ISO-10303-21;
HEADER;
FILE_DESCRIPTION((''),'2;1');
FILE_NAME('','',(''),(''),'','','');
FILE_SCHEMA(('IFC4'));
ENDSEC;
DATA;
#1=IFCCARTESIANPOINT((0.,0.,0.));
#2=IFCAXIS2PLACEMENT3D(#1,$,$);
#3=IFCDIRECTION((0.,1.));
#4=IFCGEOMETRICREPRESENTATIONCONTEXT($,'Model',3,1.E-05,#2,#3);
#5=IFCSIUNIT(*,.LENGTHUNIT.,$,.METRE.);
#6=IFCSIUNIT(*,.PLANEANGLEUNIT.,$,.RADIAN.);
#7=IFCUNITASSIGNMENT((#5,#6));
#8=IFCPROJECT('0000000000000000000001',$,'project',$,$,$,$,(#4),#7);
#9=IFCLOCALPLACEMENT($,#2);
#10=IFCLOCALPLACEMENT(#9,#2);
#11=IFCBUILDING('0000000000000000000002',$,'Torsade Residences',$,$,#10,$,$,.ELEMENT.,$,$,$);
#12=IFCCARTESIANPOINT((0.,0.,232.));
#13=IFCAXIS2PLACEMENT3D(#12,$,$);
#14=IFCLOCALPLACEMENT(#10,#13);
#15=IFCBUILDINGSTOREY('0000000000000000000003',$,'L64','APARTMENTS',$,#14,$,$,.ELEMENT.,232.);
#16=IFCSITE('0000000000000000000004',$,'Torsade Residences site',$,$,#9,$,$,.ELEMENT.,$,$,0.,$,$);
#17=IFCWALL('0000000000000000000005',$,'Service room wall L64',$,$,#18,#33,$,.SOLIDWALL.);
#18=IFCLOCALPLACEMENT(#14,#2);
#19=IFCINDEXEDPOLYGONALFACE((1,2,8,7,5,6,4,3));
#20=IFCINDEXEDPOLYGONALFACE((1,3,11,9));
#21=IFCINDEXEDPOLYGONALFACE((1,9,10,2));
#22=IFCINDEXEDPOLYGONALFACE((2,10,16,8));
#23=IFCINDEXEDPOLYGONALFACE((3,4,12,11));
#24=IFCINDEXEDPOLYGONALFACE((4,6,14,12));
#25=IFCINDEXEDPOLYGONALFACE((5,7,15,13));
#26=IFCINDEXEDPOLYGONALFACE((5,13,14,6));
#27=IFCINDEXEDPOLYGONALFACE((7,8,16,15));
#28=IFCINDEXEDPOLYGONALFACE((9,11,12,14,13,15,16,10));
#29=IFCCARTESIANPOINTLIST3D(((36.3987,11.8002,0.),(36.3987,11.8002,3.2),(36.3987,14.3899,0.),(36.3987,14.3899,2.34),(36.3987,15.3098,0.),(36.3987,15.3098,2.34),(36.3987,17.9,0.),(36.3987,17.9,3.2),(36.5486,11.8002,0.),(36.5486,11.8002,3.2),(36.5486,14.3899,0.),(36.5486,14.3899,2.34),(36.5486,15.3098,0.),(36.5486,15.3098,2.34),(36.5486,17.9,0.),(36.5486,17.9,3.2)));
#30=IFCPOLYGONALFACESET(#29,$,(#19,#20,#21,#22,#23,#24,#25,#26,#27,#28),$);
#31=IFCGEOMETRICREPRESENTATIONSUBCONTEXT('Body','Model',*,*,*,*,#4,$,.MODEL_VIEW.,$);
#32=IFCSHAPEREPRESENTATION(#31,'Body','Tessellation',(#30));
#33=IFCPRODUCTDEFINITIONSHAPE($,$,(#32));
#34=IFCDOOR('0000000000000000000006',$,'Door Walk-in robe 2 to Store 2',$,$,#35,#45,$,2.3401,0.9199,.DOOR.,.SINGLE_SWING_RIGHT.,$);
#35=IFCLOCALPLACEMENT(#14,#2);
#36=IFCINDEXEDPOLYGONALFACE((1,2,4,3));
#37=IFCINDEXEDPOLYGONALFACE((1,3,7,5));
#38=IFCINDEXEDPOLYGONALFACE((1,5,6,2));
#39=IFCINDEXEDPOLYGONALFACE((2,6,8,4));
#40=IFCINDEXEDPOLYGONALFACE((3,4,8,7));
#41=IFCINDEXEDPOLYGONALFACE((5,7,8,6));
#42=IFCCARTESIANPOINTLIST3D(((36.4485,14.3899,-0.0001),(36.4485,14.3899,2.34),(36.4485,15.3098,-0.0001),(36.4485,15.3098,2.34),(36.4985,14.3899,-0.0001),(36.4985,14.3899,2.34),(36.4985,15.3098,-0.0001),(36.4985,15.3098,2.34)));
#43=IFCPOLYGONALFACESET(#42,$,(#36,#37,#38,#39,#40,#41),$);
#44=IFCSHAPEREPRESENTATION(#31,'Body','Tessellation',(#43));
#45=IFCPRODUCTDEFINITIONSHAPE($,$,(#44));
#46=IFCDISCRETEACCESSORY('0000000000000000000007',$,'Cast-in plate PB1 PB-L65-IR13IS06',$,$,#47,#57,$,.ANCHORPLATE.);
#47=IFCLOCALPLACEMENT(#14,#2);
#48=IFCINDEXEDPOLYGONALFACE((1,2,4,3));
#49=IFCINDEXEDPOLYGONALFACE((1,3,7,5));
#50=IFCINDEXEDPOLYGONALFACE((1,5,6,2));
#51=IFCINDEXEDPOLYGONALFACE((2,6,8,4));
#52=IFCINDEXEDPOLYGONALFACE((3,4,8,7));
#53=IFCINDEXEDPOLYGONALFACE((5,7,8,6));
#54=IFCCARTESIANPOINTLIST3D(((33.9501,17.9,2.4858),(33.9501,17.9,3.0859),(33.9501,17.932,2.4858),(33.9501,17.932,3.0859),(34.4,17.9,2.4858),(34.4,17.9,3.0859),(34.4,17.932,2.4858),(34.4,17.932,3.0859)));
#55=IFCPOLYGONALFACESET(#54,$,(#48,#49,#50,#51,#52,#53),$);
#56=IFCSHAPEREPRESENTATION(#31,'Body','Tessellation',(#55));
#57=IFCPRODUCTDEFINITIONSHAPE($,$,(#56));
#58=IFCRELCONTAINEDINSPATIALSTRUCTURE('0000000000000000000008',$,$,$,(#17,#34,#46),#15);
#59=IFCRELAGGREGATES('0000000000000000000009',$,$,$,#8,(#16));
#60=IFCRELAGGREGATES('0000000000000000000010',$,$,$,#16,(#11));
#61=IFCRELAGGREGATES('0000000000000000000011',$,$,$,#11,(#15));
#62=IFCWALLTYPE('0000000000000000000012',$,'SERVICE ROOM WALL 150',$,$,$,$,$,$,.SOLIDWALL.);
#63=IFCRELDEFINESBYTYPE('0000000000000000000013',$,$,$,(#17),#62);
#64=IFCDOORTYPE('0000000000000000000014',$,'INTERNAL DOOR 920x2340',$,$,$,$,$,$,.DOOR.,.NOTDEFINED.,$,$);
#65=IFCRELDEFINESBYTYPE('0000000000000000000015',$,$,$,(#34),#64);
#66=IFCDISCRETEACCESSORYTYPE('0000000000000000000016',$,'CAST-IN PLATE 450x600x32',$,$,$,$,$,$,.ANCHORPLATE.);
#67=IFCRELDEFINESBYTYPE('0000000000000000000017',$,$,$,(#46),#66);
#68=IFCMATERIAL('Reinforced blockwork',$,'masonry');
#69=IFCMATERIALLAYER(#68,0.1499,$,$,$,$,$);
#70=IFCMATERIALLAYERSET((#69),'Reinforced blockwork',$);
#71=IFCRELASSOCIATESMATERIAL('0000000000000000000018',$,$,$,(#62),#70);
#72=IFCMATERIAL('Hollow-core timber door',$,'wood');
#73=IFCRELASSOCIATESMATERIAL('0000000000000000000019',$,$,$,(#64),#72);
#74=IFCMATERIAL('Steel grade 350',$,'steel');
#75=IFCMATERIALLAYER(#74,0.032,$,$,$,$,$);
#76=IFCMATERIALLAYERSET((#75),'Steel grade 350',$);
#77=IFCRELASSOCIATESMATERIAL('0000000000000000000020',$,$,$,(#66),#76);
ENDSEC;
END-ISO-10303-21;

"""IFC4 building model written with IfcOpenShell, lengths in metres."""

from ifc_helpers import new_model, si_unit, direction, frame, frame_2d, origin, origin_2d, place, context, subcontext, project, spatial, rectangle, extrude, material, layer, layer_set, type_object, element, fill, save


model = new_model("IFC4")

# Units and contexts
model_context = context("Model", 3, precision=1e-05, world=origin(), true_north=direction((0.0, 1.0)))
body_context = subcontext(model_context, "Body", "Model", "MODEL_VIEW")
ifc_project = project(units=[si_unit("LENGTHUNIT", "METRE"), si_unit("PLANEANGLEUNIT", "RADIAN")], contexts=[model_context])

# Site, building, storey
site_placement = place(None, origin())
site = spatial("IfcSite", under=ifc_project, at=site_placement, Name="Torsade Residences site", CompositionType="ELEMENT", RefElevation=0.0)
building_placement = place(site_placement, origin())
building = spatial("IfcBuilding", under=site, at=building_placement, Name="Torsade Residences", CompositionType="ELEMENT")
storey_placement = place(building_placement, frame((0.0, 0.0, 232.0)))
storey = spatial("IfcBuildingStorey", under=building, at=storey_placement, Name="L64", Description="APARTMENTS", CompositionType="ELEMENT", Elevation=232.0)

# Shared definitions
ifc_material_1 = material(Name="Reinforced blockwork", Category="masonry")
ifc_layer_1 = layer(ifc_material_1, 0.1499)
ifc_layer_set_1 = layer_set([ifc_layer_1], Name="Reinforced blockwork")
wall_type_1 = type_object("IfcWallType", Name="SERVICE ROOM WALL 150", PredefinedType="SOLIDWALL", material=ifc_layer_set_1)

# Wall, opening, door
wall_1_placement = place(storey_placement, frame((36.4736, 17.8999, 0.0), z_axis=(0.0, 0.0, 1.0), x_axis=(0.0, -1.0, 0.0)))
wall_1 = element("IfcWall", 1, at=wall_1_placement, inside=storey, type_object=wall_type_1, Name="Service room wall L64", PredefinedType="SOLIDWALL", context=body_context, shape_type="SweptSolid", body=[
    extrude(rectangle(XDim=6.0999, YDim=0.1499, at=frame_2d((3.0498, 0.0))), origin(), (0.0, 0.0, 1.0), 3.2),
])
opening_1_placement = place(wall_1_placement, frame((2.5901, 0.0, 0.0)))
opening_1 = element("IfcOpeningElement", 2, at=opening_1_placement, cuts=wall_1, PredefinedType="OPENING", context=body_context, shape_type="SweptSolid", body=[
    extrude(rectangle(XDim=0.9199, YDim=2.3401, at=frame_2d((0.46, 1.1699))), frame((0.0, 0.085, 0.0), z_axis=(0.0, -1.0, 0.0), x_axis=(1.0, 0.0, 0.0)), (0.0, 0.0, 1.0), 0.1699),
])
ifc_material_2 = material(Name="Hollow-core timber door", Category="wood")
door_type_1 = type_object("IfcDoorType", Name="INTERNAL DOOR 920x2340", OperationType="NOTDEFINED", PredefinedType="DOOR", material=ifc_material_2)
door_1_placement = place(opening_1_placement, origin())
door_1 = element("IfcDoor", 3, at=door_1_placement, inside=storey, type_object=door_type_1, Name="Door Walk-in robe 2 to Store 2", OperationType="SINGLE_SWING_RIGHT", OverallHeight=2.3401, OverallWidth=0.9199, PredefinedType="DOOR", context=body_context, shape_type="SweptSolid", body=[
    extrude(rectangle(XDim=0.9199, YDim=2.3401, at=frame_2d((0.46, 1.1699))), frame((0.0, 0.0249, 0.0), z_axis=(0.0, -1.0, 0.0), x_axis=(1.0, 0.0, 0.0)), (0.0, 0.0, 1.0), 0.05),
])
fill(opening_1, door_1)

# Discrete accessory
ifc_material_3 = material(Name="Steel grade 350", Category="steel")
ifc_layer_2 = layer(ifc_material_3, 0.032)
ifc_layer_set_2 = layer_set([ifc_layer_2], Name="Steel grade 350")
discrete_accessory_type = type_object("IfcDiscreteAccessoryType", Name="CAST-IN PLATE 450x600x32", PredefinedType="ANCHORPLATE", material=ifc_layer_set_2)
discrete_accessory_placement = place(storey_placement, frame((34.175, 17.916, 2.4858), z_axis=(0.0, 0.0, 1.0), x_axis=(1.0, 0.0, 0.0)))
element("IfcDiscreteAccessory", 4, at=discrete_accessory_placement, inside=storey, type_object=discrete_accessory_type, Name="Cast-in plate PB1 PB-L65-IR13IS06", PredefinedType="ANCHORPLATE", context=body_context, shape_type="SweptSolid", body=[
    extrude(rectangle(XDim=0.45, YDim=0.032, at=origin_2d()), origin(), (0.0, 0.0, 1.0), 0.6001),
])

save(model, "model.ifc")
